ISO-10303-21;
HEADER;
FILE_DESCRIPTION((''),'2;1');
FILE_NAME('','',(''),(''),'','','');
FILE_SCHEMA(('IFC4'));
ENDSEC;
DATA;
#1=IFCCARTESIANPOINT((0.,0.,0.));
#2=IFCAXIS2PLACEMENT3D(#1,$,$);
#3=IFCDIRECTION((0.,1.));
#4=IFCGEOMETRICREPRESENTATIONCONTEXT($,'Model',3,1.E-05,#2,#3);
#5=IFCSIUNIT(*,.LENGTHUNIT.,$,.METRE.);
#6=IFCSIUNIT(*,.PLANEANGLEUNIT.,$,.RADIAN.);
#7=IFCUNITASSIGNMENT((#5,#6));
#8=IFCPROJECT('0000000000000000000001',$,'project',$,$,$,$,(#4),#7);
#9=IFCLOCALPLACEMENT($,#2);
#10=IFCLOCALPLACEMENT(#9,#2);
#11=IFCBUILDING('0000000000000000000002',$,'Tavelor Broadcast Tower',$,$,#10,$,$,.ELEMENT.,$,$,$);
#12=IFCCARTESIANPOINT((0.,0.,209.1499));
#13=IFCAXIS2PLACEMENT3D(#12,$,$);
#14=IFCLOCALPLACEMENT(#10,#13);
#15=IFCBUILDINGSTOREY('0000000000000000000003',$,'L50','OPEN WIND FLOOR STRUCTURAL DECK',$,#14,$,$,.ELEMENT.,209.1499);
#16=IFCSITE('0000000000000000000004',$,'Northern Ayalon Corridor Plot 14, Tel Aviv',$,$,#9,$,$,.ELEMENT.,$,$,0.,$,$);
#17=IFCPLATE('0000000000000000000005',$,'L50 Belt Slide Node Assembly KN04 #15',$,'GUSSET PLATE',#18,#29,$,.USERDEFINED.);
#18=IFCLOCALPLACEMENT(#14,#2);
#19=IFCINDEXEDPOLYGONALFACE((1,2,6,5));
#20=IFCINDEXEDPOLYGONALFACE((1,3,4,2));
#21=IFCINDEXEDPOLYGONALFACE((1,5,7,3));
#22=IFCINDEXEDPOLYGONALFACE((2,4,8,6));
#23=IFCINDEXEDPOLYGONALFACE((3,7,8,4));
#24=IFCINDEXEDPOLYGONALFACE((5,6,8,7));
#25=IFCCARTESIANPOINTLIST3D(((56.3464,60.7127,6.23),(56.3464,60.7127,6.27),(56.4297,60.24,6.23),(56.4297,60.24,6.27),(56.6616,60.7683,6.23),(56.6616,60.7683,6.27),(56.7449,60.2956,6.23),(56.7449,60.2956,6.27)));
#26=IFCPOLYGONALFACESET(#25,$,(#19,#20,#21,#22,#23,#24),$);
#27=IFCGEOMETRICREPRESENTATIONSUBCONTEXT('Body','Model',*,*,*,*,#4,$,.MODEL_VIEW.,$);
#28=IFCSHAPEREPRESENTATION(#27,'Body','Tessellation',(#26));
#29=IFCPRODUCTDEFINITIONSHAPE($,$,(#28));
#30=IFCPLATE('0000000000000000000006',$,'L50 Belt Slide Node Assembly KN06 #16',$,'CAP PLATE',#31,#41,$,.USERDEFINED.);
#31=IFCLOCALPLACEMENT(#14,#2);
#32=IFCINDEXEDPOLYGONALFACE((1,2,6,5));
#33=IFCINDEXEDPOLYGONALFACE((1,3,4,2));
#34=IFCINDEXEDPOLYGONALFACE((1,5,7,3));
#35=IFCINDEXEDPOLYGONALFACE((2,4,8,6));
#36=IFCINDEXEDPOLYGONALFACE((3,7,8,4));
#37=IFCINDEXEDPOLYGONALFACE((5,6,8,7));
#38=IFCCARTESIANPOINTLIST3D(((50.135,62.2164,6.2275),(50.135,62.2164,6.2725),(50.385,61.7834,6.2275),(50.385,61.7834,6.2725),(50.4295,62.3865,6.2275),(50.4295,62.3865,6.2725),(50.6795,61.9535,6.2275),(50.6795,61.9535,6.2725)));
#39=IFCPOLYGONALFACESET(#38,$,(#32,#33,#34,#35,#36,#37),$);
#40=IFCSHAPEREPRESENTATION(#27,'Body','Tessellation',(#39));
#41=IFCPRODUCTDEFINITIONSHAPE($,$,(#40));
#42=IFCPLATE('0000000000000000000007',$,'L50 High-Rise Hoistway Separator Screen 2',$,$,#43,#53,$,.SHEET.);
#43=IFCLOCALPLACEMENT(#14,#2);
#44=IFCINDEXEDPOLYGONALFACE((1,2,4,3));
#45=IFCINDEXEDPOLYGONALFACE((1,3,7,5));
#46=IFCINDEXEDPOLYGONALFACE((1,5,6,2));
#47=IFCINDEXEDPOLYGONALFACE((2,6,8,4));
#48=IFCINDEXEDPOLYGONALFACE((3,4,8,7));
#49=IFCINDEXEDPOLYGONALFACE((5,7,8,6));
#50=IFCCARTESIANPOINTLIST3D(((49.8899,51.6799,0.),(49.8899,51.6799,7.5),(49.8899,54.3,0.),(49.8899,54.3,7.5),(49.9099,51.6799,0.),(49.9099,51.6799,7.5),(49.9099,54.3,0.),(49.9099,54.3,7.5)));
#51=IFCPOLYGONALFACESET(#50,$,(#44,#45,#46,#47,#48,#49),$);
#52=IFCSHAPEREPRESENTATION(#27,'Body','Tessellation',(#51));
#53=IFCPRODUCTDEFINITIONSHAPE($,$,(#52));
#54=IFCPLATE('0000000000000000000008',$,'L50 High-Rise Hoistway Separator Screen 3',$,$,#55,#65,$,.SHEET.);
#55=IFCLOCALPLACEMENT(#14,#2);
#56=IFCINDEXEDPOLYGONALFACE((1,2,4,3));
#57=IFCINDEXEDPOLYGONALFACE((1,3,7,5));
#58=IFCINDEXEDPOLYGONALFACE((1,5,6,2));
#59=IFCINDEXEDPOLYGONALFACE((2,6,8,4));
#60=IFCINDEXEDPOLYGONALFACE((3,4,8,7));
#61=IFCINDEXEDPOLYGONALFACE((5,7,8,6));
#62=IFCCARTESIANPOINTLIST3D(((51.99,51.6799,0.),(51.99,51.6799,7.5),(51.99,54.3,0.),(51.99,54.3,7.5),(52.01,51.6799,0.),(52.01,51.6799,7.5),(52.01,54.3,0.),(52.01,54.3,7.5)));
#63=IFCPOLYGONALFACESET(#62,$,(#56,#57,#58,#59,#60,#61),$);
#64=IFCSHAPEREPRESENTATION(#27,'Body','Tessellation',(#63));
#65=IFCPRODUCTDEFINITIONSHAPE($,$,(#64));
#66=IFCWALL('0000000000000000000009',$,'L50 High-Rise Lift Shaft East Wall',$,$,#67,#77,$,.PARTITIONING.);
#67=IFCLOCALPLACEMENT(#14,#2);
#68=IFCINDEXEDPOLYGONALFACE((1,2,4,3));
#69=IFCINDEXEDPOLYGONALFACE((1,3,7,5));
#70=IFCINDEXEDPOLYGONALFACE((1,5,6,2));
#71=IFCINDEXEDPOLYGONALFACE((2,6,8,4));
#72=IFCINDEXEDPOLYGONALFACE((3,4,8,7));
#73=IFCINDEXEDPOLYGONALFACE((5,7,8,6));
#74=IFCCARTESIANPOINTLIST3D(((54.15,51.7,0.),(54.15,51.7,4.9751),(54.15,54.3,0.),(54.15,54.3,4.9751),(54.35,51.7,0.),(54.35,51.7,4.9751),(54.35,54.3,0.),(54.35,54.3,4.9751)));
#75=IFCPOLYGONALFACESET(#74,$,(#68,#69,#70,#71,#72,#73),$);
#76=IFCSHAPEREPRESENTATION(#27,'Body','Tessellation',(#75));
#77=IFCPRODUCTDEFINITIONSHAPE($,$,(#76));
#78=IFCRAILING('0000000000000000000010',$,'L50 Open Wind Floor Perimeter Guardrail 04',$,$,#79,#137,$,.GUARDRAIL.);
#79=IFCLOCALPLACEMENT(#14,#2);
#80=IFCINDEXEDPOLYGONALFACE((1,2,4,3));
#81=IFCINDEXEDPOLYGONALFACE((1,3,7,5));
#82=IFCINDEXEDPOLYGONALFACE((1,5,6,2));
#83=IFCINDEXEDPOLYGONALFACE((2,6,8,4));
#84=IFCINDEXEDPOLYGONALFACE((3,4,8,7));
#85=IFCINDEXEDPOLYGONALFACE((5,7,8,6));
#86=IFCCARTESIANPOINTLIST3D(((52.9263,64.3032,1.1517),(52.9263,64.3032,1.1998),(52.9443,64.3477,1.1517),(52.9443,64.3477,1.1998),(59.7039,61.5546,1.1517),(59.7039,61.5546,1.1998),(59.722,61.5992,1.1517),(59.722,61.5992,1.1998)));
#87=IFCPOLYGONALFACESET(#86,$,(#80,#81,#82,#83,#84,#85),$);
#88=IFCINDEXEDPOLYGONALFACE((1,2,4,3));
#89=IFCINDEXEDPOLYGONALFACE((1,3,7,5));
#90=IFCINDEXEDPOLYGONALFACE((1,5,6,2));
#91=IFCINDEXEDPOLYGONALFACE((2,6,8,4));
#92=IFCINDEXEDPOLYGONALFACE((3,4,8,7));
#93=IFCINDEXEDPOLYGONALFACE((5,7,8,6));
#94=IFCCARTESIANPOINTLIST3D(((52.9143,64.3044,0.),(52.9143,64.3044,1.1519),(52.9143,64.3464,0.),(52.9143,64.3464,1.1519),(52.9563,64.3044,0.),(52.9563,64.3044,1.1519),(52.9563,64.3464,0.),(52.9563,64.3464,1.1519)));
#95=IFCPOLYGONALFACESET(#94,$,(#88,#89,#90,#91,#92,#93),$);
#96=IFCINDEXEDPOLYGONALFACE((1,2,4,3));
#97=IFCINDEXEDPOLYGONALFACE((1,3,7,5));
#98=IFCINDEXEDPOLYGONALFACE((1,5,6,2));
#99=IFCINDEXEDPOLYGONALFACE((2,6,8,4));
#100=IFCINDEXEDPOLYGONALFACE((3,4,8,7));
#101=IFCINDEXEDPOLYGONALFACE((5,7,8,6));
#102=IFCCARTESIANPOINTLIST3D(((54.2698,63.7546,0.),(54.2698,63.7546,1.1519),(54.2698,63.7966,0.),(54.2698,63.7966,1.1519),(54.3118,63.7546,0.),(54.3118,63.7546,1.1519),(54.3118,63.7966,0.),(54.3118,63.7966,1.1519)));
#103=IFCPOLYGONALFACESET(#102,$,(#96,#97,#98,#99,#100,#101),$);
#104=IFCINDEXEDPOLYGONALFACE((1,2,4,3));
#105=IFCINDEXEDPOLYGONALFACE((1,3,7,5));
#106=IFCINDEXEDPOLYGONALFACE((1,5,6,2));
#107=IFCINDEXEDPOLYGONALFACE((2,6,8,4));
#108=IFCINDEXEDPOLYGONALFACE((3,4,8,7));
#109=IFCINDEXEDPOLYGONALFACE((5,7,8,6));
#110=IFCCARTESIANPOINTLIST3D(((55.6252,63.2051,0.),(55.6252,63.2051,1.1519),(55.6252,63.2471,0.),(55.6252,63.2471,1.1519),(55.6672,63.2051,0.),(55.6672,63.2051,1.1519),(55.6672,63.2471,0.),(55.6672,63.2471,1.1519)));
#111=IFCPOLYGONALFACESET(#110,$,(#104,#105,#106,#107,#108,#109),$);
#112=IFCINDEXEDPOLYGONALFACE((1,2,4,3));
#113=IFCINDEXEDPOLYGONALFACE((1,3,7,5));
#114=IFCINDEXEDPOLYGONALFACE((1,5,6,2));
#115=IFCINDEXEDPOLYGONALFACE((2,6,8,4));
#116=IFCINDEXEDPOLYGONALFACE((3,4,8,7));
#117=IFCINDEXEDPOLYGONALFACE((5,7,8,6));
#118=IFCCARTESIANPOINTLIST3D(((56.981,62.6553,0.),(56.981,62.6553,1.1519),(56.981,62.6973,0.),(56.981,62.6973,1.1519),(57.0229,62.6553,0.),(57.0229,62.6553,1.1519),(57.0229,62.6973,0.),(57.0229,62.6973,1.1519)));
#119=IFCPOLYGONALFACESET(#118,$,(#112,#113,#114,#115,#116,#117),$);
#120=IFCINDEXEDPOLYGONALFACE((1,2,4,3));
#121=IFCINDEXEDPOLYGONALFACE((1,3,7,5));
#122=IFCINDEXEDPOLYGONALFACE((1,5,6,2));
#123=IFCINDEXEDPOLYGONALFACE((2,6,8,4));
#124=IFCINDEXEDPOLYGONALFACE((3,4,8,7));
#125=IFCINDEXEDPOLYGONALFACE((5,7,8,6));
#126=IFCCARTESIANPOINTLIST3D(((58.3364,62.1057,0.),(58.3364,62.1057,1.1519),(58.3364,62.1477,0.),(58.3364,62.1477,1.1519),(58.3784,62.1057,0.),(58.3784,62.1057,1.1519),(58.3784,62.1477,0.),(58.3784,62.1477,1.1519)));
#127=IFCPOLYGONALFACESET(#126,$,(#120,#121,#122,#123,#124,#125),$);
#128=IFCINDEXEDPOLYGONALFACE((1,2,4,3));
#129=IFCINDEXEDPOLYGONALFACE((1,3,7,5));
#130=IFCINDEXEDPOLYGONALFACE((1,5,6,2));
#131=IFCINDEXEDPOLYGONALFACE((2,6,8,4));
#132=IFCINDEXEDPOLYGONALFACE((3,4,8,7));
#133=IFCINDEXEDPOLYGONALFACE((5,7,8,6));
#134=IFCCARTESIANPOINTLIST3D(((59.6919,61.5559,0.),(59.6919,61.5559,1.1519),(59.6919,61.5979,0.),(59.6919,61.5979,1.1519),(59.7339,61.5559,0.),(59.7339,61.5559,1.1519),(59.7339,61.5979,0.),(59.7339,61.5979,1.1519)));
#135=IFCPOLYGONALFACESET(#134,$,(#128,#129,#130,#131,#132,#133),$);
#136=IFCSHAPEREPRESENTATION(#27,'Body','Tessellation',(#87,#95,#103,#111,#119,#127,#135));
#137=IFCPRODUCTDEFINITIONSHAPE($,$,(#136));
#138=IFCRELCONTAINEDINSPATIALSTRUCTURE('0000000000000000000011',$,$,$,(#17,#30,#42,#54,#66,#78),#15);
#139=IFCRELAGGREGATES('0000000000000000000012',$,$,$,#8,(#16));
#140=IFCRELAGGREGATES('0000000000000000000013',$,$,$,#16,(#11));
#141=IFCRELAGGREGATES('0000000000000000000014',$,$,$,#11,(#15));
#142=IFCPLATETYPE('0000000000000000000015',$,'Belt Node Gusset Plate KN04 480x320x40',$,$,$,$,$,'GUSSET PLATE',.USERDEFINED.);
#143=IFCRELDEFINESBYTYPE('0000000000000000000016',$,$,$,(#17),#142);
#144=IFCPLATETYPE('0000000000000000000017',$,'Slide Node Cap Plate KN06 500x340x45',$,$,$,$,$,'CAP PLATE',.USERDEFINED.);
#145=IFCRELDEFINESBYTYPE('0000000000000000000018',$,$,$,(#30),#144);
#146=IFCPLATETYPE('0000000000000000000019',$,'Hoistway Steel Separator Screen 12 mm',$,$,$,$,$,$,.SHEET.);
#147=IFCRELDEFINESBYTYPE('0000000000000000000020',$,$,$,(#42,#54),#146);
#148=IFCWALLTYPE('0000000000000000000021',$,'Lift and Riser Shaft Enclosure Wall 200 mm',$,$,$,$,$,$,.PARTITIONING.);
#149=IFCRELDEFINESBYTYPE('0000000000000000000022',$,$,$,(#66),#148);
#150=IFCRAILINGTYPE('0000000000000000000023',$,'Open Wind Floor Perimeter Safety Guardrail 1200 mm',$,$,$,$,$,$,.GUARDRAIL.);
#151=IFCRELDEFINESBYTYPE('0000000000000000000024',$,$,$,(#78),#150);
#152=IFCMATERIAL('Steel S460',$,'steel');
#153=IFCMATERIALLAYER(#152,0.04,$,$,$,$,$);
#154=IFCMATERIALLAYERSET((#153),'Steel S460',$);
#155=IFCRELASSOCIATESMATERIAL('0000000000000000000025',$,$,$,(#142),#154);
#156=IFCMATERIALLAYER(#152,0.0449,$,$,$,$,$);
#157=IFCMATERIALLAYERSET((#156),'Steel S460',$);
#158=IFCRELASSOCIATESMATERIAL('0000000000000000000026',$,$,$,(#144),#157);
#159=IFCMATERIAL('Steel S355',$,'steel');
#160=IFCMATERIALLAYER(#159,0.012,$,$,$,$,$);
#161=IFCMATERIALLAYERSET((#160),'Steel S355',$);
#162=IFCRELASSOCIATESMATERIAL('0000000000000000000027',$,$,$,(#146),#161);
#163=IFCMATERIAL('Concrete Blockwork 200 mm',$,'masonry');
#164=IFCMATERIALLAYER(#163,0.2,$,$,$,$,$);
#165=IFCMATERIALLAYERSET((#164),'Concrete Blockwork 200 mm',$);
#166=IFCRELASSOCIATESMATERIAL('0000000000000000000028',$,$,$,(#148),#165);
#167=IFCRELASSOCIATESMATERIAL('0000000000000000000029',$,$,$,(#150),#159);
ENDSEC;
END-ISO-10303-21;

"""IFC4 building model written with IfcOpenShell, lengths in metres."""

from ifc_helpers import new_model, si_unit, direction, frame, frame_2d, origin, origin_2d, place, context, subcontext, project, spatial, rectangle, extrude, source, transform, mapped, material, layer, layer_set, type_object, type_shapes, element, save


model = new_model("IFC4")

# Units and contexts
model_context = context("Model", 3, precision=1e-05, world=origin(), true_north=direction((0.0, 1.0)))
body_context = subcontext(model_context, "Body", "Model", "MODEL_VIEW")
ifc_project = project(units=[si_unit("LENGTHUNIT", "METRE"), si_unit("PLANEANGLEUNIT", "RADIAN")], contexts=[model_context])

# Site, building, storey
site_placement = place(None, origin())
site = spatial("IfcSite", under=ifc_project, at=site_placement, Name="Northern Ayalon Corridor Plot 14, Tel Aviv", CompositionType="ELEMENT", RefElevation=0.0)
building_placement = place(site_placement, origin())
building = spatial("IfcBuilding", under=site, at=building_placement, Name="Tavelor Broadcast Tower", CompositionType="ELEMENT")
storey_placement = place(building_placement, frame((0.0, 0.0, 209.1499)))
storey = spatial("IfcBuildingStorey", under=building, at=storey_placement, Name="L50", Description="OPEN WIND FLOOR STRUCTURAL DECK", CompositionType="ELEMENT", Elevation=209.1499)

# Shared definitions
ifc_material_1 = material(Name="Steel S460", Category="steel")

# Plates
ifc_layer_1 = layer(ifc_material_1, 0.04)
ifc_layer_set_1 = layer_set([ifc_layer_1], Name="Steel S460")
plate_type_1 = type_object("IfcPlateType", Name="Belt Node Gusset Plate KN04 480x320x40", ElementType="GUSSET PLATE", PredefinedType="USERDEFINED", material=ifc_layer_set_1)
shared_shape_1 = source(origin(), body_context, "Body", "SweptSolid", [
    extrude(rectangle(XDim=0.48, YDim=0.3201, at=origin_2d()), origin(), (0.0, 0.0, 1.0), 0.04),
])
type_shapes(plate_type_1, [shared_shape_1])
plate_1_placement = place(storey_placement, frame((56.5457, 60.5042, 6.23), z_axis=(0.0, 0.0, 1.0), x_axis=(0.173648, -0.984808, 0.0)))
element("IfcPlate", 1, at=plate_1_placement, inside=storey, type_object=plate_type_1, Name="L50 Belt Slide Node Assembly KN04 #15", ObjectType="GUSSET PLATE", PredefinedType="USERDEFINED", context=body_context, shape_type="MappedRepresentation", body=[
    mapped(shared_shape_1, transform((0.0, 0.0, 0.0), scale=1.0)),
])
ifc_layer_2 = layer(ifc_material_1, 0.0449)
ifc_layer_set_2 = layer_set([ifc_layer_2], Name="Steel S460")
plate_type_2 = type_object("IfcPlateType", Name="Slide Node Cap Plate KN06 500x340x45", ElementType="CAP PLATE", PredefinedType="USERDEFINED", material=ifc_layer_set_2)
shared_shape_2 = source(origin(), body_context, "Body", "SweptSolid", [
    extrude(rectangle(XDim=0.5, YDim=0.3401, at=origin_2d()), origin(), (0.0, 0.0, 1.0), 0.0449),
])
type_shapes(plate_type_2, [shared_shape_2])
plate_2_placement = place(storey_placement, frame((50.4072, 62.085, 6.2275), z_axis=(0.0, 0.0, 1.0), x_axis=(0.5, -0.866025, 0.0)))
element("IfcPlate", 2, at=plate_2_placement, inside=storey, type_object=plate_type_2, Name="L50 Belt Slide Node Assembly KN06 #16", ObjectType="CAP PLATE", PredefinedType="USERDEFINED", context=body_context, shape_type="MappedRepresentation", body=[
    mapped(shared_shape_2, transform((0.0, 0.0, 0.0), scale=1.0)),
])
ifc_material_2 = material(Name="Steel S355", Category="steel")
ifc_layer_3 = layer(ifc_material_2, 0.012)
ifc_layer_set_3 = layer_set([ifc_layer_3], Name="Steel S355")
plate_type_3 = type_object("IfcPlateType", Name="Hoistway Steel Separator Screen 12 mm", PredefinedType="SHEET", material=ifc_layer_set_3)
shared_shape_3 = source(origin(), body_context, "Body", "SweptSolid", [
    extrude(rectangle(XDim=0.02, YDim=2.6201, at=origin_2d()), origin(), (0.0, 0.0, 1.0), 7.5),
])
type_shapes(plate_type_3, [shared_shape_3])
for number, where, z_axis, x_axis, name in (
    (3, (49.8999, 52.99, 0.0), (0.0, 0.0, 1.0), (1.0, 0.0, 0.0), "L50 High-Rise Hoistway Separator Screen 2"),
    (4, (52.0, 52.99, 0.0), (0.0, 0.0, 1.0), (1.0, 0.0, 0.0), "L50 High-Rise Hoistway Separator Screen 3"),
):
    element("IfcPlate", number, at=place(storey_placement, frame(where, z_axis=z_axis, x_axis=x_axis)), inside=storey, type_object=plate_type_3, Name=name, PredefinedType="SHEET", context=body_context, shape_type="MappedRepresentation", body=[
        mapped(shared_shape_3, transform((0.0, 0.0, 0.0), scale=1.0)),
    ])

# Wall
ifc_material_3 = material(Name="Concrete Blockwork 200 mm", Category="masonry")
ifc_layer_4 = layer(ifc_material_3, 0.2)
ifc_layer_set_4 = layer_set([ifc_layer_4], Name="Concrete Blockwork 200 mm")
wall_type = type_object("IfcWallType", Name="Lift and Riser Shaft Enclosure Wall 200 mm", PredefinedType="PARTITIONING", material=ifc_layer_set_4)
wall_placement = place(storey_placement, frame((54.25, 51.7, 0.0), z_axis=(0.0, 0.0, 1.0), x_axis=(0.0, 1.0, 0.0)))
element("IfcWall", 5, at=wall_placement, inside=storey, type_object=wall_type, Name="L50 High-Rise Lift Shaft East Wall", PredefinedType="PARTITIONING", context=body_context, shape_type="SweptSolid", body=[
    extrude(rectangle(XDim=2.6001, YDim=0.2, at=frame_2d((1.3, 0.0))), origin(), (0.0, 0.0, 1.0), 4.9751),
])

# Railing
railing_type = type_object("IfcRailingType", Name="Open Wind Floor Perimeter Safety Guardrail 1200 mm", PredefinedType="GUARDRAIL", material=ifc_material_2)
railing_placement = place(storey_placement, frame((52.9353, 64.3254, 0.0)))
element("IfcRailing", 6, at=railing_placement, inside=storey, type_object=railing_type, Name="L50 Open Wind Floor Perimeter Guardrail 04", PredefinedType="GUARDRAIL", context=body_context, shape_type="SweptSolid", body=[
    extrude(rectangle(XDim=0.0481, YDim=0.0481, at=origin_2d()), frame((0.0, 0.0, 1.1758), z_axis=(0.926698, -0.375807, 0.0), x_axis=(0.375807, 0.926698, 0.0)), (0.0, 0.0, 1.0), 7.3137),
    extrude(rectangle(XDim=0.042, YDim=0.042, at=origin_2d()), origin(), (0.0, 0.0, 1.0), 1.1519),
    extrude(rectangle(XDim=0.042, YDim=0.042, at=origin_2d()), frame((1.3555, -0.5498, 0.0)), (0.0, 0.0, 1.0), 1.1519),
    extrude(rectangle(XDim=0.042, YDim=0.042, at=origin_2d()), frame((2.7109, -1.0994, 0.0)), (0.0, 0.0, 1.0), 1.1519),
    extrude(rectangle(XDim=0.042, YDim=0.042, at=origin_2d()), frame((4.0667, -1.6492, 0.0)), (0.0, 0.0, 1.0), 1.1519),
    extrude(rectangle(XDim=0.042, YDim=0.042, at=origin_2d()), frame((5.4221, -2.1987, 0.0)), (0.0, 0.0, 1.0), 1.1519),
    extrude(rectangle(XDim=0.042, YDim=0.042, at=origin_2d()), frame((6.7776, -2.7485, 0.0)), (0.0, 0.0, 1.0), 1.1519),
])

save(model, "model.ifc")
